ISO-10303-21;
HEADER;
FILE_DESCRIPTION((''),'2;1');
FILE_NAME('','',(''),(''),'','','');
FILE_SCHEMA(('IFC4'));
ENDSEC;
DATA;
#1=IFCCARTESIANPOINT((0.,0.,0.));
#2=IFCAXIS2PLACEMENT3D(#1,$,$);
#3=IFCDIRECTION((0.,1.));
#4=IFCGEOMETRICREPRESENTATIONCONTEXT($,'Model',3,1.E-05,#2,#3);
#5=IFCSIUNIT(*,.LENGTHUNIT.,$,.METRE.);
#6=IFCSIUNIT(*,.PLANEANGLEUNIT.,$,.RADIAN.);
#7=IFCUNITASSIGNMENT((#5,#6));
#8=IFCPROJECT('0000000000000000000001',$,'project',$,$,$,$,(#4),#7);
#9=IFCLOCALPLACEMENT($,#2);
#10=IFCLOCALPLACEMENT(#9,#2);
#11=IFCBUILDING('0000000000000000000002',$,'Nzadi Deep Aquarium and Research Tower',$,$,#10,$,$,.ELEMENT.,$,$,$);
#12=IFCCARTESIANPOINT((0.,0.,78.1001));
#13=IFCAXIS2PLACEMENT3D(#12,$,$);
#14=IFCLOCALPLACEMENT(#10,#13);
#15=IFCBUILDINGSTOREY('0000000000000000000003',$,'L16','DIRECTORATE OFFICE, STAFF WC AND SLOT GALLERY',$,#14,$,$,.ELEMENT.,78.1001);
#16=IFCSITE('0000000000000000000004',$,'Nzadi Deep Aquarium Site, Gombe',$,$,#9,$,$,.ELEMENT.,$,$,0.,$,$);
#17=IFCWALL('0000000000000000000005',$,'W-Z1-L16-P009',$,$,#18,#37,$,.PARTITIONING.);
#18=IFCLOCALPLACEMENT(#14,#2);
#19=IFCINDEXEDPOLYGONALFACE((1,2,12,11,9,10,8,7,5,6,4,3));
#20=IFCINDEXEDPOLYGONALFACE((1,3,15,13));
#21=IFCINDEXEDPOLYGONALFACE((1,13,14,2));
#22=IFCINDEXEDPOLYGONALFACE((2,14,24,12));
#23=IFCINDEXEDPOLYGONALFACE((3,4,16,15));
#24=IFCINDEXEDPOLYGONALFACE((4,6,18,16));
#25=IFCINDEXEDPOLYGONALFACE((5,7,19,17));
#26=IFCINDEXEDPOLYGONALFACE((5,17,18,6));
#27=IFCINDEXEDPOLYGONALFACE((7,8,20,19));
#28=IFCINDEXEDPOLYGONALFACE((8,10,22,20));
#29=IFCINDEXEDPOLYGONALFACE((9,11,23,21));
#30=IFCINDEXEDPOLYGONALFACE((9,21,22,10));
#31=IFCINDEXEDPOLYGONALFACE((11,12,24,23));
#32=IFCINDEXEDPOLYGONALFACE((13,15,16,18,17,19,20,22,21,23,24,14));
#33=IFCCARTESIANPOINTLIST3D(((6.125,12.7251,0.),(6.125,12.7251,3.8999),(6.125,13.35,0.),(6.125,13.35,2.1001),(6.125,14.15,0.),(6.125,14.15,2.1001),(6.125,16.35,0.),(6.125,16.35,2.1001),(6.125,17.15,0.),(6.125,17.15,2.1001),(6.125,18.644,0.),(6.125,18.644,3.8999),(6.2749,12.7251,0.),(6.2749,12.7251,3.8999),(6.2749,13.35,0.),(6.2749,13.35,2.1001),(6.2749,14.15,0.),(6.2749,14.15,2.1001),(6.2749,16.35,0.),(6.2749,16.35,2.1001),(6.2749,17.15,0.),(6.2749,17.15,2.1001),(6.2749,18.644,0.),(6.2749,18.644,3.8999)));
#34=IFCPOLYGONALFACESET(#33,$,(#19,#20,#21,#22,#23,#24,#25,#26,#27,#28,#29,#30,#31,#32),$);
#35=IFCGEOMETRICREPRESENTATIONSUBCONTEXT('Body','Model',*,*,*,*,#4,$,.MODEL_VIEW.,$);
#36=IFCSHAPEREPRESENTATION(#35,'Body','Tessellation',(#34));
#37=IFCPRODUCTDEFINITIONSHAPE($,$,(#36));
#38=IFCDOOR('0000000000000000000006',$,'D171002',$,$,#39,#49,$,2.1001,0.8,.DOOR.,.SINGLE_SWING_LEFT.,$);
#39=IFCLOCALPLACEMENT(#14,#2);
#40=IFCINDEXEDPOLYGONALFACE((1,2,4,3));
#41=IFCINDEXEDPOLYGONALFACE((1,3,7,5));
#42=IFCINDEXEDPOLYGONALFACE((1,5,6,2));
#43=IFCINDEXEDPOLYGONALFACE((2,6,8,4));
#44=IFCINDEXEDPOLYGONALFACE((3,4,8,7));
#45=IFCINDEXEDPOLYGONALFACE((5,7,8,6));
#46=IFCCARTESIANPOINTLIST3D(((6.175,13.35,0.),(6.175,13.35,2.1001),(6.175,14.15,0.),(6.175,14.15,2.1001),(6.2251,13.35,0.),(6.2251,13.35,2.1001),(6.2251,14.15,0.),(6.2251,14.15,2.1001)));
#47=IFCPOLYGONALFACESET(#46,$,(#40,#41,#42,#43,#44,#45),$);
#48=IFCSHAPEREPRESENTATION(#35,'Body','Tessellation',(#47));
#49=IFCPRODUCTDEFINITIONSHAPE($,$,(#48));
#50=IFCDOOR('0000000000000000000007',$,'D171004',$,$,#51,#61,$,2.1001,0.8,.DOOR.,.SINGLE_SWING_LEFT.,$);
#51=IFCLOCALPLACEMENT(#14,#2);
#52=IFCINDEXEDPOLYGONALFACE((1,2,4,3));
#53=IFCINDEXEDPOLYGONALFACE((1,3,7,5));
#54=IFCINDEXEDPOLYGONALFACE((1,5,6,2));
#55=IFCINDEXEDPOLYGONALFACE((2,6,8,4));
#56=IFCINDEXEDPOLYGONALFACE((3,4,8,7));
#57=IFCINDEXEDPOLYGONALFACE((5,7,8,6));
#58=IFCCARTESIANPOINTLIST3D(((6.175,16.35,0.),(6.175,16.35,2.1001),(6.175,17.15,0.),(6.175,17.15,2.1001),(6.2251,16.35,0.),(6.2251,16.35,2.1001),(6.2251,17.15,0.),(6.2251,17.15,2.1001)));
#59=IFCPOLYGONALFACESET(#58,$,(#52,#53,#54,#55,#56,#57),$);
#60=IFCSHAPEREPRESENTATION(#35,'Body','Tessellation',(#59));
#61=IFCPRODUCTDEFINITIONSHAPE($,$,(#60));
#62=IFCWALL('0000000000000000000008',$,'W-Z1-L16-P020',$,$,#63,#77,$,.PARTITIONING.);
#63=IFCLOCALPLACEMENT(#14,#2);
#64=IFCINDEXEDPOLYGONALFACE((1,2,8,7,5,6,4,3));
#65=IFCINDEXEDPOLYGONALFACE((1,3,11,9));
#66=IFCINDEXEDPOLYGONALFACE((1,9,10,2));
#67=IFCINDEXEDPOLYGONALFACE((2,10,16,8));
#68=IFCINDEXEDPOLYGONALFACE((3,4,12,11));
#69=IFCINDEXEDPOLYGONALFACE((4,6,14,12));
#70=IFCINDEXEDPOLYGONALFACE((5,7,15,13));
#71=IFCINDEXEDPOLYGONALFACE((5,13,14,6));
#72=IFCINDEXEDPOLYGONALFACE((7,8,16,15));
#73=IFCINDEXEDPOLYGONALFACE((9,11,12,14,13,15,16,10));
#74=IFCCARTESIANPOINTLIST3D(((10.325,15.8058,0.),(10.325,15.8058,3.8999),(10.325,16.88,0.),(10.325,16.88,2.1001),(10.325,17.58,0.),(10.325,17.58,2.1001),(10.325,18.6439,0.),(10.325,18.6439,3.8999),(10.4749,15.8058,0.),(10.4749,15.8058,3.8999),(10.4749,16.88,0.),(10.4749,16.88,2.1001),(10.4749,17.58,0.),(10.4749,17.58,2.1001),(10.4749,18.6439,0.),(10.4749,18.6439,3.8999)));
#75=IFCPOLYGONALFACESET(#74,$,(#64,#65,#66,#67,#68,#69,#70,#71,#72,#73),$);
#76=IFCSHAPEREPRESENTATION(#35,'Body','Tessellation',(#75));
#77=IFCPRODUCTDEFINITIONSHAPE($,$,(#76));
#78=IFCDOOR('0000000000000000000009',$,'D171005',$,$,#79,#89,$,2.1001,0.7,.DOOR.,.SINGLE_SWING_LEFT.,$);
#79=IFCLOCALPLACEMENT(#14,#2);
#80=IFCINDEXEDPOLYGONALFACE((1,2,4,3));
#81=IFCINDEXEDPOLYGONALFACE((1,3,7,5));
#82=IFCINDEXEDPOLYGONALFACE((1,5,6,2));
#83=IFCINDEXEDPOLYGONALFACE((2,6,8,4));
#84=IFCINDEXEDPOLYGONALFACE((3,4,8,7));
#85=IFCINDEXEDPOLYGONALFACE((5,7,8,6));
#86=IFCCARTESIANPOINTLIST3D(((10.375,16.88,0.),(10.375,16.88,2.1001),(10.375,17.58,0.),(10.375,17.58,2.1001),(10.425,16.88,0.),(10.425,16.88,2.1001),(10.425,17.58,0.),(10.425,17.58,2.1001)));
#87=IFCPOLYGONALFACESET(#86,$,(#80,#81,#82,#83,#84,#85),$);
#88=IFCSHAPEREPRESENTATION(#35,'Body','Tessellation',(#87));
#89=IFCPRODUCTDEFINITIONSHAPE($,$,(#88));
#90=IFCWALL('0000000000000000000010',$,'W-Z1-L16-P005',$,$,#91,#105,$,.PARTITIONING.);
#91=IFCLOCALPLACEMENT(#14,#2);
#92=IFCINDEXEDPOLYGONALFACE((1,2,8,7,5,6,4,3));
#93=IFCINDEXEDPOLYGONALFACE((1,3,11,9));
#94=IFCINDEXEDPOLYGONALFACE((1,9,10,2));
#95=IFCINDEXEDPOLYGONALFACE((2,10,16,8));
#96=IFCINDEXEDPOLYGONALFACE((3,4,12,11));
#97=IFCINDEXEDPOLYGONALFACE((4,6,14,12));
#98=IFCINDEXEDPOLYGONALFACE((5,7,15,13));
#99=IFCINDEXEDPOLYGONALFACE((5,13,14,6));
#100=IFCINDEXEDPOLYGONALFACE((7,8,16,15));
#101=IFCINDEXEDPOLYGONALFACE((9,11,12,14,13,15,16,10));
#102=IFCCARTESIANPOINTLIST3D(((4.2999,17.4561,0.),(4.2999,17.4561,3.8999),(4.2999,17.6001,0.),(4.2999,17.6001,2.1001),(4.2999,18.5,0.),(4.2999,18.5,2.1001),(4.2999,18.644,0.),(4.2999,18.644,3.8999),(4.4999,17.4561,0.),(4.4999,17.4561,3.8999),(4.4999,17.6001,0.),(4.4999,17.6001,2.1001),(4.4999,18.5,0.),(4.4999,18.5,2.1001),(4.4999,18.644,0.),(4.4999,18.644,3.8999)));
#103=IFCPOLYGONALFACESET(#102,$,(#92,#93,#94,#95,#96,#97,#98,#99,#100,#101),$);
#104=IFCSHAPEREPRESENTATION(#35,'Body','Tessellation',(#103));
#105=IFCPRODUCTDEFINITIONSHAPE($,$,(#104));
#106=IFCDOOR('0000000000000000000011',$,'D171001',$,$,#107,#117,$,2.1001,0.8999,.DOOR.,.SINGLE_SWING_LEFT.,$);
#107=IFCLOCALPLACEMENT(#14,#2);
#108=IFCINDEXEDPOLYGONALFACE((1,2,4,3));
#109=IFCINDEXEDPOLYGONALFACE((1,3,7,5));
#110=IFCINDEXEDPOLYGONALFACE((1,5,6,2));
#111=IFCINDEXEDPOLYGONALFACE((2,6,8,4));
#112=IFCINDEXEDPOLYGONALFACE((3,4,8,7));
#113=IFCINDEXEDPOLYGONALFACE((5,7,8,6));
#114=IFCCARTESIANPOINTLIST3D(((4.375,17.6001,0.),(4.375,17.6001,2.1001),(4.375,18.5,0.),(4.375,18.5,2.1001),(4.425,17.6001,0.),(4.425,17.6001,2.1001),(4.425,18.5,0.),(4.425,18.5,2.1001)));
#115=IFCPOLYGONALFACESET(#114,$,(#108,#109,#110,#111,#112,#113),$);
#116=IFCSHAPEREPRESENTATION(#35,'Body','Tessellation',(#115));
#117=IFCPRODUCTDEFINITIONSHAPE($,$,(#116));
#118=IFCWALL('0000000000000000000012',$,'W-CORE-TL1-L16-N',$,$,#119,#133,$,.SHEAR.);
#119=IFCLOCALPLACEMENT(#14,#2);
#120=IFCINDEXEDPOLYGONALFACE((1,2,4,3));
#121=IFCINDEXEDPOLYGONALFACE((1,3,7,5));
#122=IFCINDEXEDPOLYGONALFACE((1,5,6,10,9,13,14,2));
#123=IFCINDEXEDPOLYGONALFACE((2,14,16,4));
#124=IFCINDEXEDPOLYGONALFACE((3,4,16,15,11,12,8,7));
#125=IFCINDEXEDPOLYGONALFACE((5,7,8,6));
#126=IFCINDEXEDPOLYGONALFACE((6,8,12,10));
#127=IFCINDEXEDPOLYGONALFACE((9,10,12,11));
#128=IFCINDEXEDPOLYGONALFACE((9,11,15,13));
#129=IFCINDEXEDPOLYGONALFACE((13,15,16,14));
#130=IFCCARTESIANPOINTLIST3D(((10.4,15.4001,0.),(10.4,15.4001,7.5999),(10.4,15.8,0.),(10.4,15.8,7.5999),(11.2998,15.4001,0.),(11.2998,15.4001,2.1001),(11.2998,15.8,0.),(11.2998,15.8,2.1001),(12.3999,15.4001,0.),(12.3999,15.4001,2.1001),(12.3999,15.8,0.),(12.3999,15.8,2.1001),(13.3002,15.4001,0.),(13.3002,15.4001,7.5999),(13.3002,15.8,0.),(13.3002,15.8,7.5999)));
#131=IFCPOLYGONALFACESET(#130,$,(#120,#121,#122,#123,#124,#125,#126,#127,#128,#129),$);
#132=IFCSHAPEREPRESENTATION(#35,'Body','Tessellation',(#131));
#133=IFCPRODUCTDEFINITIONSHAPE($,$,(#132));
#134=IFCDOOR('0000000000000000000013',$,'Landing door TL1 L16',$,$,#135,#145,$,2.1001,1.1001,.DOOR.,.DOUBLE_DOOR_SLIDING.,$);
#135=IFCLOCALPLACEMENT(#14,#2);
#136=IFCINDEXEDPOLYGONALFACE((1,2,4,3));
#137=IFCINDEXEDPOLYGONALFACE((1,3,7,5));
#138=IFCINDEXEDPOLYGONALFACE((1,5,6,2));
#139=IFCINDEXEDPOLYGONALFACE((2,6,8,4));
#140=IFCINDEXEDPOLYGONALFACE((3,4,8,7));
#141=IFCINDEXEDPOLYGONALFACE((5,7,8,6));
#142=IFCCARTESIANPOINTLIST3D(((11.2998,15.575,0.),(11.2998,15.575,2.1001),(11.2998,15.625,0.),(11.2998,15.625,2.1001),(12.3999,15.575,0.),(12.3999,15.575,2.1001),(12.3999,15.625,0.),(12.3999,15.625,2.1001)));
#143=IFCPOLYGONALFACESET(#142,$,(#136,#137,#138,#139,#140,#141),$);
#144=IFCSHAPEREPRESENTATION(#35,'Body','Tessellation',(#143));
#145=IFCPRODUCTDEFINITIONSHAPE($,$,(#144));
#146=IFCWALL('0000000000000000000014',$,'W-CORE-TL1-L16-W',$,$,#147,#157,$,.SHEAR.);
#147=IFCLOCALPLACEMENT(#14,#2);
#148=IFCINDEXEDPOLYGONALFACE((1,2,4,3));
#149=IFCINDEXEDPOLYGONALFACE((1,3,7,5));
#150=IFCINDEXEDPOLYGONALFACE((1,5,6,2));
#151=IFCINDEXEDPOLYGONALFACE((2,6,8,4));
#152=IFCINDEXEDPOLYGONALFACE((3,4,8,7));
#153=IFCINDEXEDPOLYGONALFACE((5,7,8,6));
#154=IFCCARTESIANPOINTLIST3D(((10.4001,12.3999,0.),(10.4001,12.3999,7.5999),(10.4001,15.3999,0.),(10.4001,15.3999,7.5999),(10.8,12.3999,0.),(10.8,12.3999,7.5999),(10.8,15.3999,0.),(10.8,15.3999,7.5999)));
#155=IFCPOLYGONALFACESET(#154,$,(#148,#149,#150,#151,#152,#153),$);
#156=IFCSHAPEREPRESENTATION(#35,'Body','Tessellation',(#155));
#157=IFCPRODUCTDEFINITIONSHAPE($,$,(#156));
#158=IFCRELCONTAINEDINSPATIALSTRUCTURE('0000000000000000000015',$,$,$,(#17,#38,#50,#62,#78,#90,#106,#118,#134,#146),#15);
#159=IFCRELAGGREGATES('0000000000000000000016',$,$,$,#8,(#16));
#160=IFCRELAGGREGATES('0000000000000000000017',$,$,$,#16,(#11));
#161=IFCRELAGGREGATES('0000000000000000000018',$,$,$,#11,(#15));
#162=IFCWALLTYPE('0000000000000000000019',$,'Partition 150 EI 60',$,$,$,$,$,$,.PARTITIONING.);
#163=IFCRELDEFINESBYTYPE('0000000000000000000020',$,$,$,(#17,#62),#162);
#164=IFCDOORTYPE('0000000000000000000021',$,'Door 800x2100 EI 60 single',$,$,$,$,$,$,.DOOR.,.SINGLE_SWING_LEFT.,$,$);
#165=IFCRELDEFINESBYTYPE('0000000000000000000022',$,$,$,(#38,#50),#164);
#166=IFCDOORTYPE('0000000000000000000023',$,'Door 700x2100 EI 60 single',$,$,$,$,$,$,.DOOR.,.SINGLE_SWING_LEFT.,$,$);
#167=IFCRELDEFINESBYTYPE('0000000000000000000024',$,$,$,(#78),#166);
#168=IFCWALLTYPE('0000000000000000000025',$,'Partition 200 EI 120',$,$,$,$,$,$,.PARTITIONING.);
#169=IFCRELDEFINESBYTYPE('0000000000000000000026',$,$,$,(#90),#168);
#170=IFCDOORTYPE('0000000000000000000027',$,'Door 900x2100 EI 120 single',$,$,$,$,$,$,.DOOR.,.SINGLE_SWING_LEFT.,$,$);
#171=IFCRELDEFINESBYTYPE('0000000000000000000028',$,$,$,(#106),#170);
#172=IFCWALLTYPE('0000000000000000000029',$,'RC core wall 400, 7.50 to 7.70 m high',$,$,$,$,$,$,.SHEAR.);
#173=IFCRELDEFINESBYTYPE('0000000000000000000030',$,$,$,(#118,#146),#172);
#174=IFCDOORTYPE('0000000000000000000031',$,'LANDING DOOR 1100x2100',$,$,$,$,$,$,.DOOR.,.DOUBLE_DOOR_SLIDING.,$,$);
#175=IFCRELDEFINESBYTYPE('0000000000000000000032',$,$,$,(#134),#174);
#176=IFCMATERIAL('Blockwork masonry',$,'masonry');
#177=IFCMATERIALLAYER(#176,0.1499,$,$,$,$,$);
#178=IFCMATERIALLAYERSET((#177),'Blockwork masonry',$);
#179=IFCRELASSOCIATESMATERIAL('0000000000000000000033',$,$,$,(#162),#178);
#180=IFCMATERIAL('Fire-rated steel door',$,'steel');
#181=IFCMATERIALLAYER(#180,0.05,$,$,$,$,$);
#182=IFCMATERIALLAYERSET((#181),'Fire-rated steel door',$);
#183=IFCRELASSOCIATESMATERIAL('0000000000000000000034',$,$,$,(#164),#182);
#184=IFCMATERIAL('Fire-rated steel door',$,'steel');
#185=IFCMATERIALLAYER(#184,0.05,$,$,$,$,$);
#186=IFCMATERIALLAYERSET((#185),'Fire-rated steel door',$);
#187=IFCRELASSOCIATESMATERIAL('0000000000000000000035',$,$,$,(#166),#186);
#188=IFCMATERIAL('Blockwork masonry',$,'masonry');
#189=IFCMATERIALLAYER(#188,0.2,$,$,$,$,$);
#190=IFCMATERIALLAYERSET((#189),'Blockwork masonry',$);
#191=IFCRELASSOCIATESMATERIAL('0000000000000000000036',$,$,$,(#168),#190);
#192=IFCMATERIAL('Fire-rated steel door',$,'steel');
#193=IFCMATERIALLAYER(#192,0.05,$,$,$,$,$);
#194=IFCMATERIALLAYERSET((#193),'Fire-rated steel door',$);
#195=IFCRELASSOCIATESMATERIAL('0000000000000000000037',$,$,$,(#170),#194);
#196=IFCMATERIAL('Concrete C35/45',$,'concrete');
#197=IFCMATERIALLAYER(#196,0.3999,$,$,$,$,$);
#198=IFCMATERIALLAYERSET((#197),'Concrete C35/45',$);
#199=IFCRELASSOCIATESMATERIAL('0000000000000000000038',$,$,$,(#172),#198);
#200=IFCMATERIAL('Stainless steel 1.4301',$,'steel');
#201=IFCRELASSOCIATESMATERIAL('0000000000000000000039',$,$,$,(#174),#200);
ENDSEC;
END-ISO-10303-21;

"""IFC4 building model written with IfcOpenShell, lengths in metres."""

from ifc_helpers import new_model, si_unit, direction, frame, frame_2d, origin, place, context, subcontext, project, spatial, rectangle, extrude, material, layer, layer_set, type_object, element, fill, save


model = new_model("IFC4")

# Units and contexts
model_context = context("Model", 3, precision=1e-05, world=origin(), true_north=direction((0.0, 1.0)))
body_context = subcontext(model_context, "Body", "Model", "MODEL_VIEW")
ifc_project = project(units=[si_unit("LENGTHUNIT", "METRE"), si_unit("PLANEANGLEUNIT", "RADIAN")], contexts=[model_context])

# Site, building, storey
site_placement = place(None, origin())
site = spatial("IfcSite", under=ifc_project, at=site_placement, Name="Nzadi Deep Aquarium Site, Gombe", CompositionType="ELEMENT", RefElevation=0.0)
building_placement = place(site_placement, origin())
building = spatial("IfcBuilding", under=site, at=building_placement, Name="Nzadi Deep Aquarium and Research Tower", CompositionType="ELEMENT")
storey_placement = place(building_placement, frame((0.0, 0.0, 78.1001)))
storey = spatial("IfcBuildingStorey", under=building, at=storey_placement, Name="L16", Description="DIRECTORATE OFFICE, STAFF WC AND SLOT GALLERY", CompositionType="ELEMENT", Elevation=78.1001)

# Shared definitions
ifc_material_1 = material(Name="Blockwork masonry", Category="masonry")
ifc_layer_1 = layer(ifc_material_1, 0.1499)
ifc_layer_set_1 = layer_set([ifc_layer_1], Name="Blockwork masonry")
wall_type_1 = type_object("IfcWallType", Name="Partition 150 EI 60", PredefinedType="PARTITIONING", material=ifc_layer_set_1)

# Wall, openings, doors
wall_1_placement = place(storey_placement, frame((6.2, 12.7251, 0.0), z_axis=(0.0, 0.0, 1.0), x_axis=(0.0, 1.0, 0.0)))
wall_1 = element("IfcWall", 1, at=wall_1_placement, inside=storey, type_object=wall_type_1, Name="W-Z1-L16-P009", PredefinedType="PARTITIONING", context=body_context, shape_type="SweptSolid", body=[
    extrude(rectangle(XDim=5.9189, YDim=0.1499, at=frame_2d((2.9595, 0.0))), origin(), (0.0, 0.0, 1.0), 3.8999),
])
opening_1_placement = place(wall_1_placement, frame((0.625, 0.0, 0.0)))
opening_1 = element("IfcOpeningElement", 2, at=opening_1_placement, cuts=wall_1, PredefinedType="OPENING", context=body_context, shape_type="SweptSolid", body=[
    extrude(rectangle(XDim=0.8, YDim=2.1001, at=frame_2d((0.3999, 1.05))), frame((0.0, 0.085, 0.0), z_axis=(0.0, -1.0, 0.0), x_axis=(1.0, 0.0, 0.0)), (0.0, 0.0, 1.0), 0.1699),
])
opening_2_placement = place(wall_1_placement, frame((3.625, 0.0, 0.0)))
opening_2 = element("IfcOpeningElement", 3, at=opening_2_placement, cuts=wall_1, PredefinedType="OPENING", context=body_context, shape_type="SweptSolid", body=[
    extrude(rectangle(XDim=0.8, YDim=2.1001, at=frame_2d((0.3999, 1.05))), frame((0.0, 0.085, 0.0), z_axis=(0.0, -1.0, 0.0), x_axis=(1.0, 0.0, 0.0)), (0.0, 0.0, 1.0), 0.1699),
])
ifc_material_2 = material(Name="Fire-rated steel door", Category="steel")
ifc_layer_2 = layer(ifc_material_2, 0.05)
ifc_layer_set_2 = layer_set([ifc_layer_2], Name="Fire-rated steel door")
door_type_1 = type_object("IfcDoorType", Name="Door 800x2100 EI 60 single", OperationType="SINGLE_SWING_LEFT", PredefinedType="DOOR", material=ifc_layer_set_2)
door_1_placement = place(opening_1_placement, origin())
door_1 = element("IfcDoor", 4, at=door_1_placement, inside=storey, type_object=door_type_1, Name="D171002", OperationType="SINGLE_SWING_LEFT", OverallHeight=2.1001, OverallWidth=0.8, PredefinedType="DOOR", context=body_context, shape_type="SweptSolid", body=[
    extrude(rectangle(XDim=0.8, YDim=2.1001, at=frame_2d((0.3999, 1.05))), frame((0.0, 0.0249, 0.0), z_axis=(0.0, -1.0, 0.0), x_axis=(1.0, 0.0, 0.0)), (0.0, 0.0, 1.0), 0.05),
])
fill(opening_1, door_1)
door_2_placement = place(opening_2_placement, origin())
door_2 = element("IfcDoor", 5, at=door_2_placement, inside=storey, type_object=door_type_1, Name="D171004", OperationType="SINGLE_SWING_LEFT", OverallHeight=2.1001, OverallWidth=0.8, PredefinedType="DOOR", context=body_context, shape_type="SweptSolid", body=[
    extrude(rectangle(XDim=0.8, YDim=2.1001, at=frame_2d((0.3999, 1.05))), frame((0.0, 0.0249, 0.0), z_axis=(0.0, -1.0, 0.0), x_axis=(1.0, 0.0, 0.0)), (0.0, 0.0, 1.0), 0.05),
])
fill(opening_2, door_2)

# Walls, openings, doors
wall_2_placement = place(storey_placement, frame((10.3999, 15.8059, 0.0), z_axis=(0.0, 0.0, 1.0), x_axis=(0.0, 1.0, 0.0)))
wall_2 = element("IfcWall", 6, at=wall_2_placement, inside=storey, type_object=wall_type_1, Name="W-Z1-L16-P020", PredefinedType="PARTITIONING", context=body_context, shape_type="SweptSolid", body=[
    extrude(rectangle(XDim=2.8381, YDim=0.1499, at=frame_2d((1.4189, 0.0))), origin(), (0.0, 0.0, 1.0), 3.8999),
])
opening_3_placement = place(wall_2_placement, frame((1.074, 0.0, 0.0)))
opening_3 = element("IfcOpeningElement", 7, at=opening_3_placement, cuts=wall_2, PredefinedType="OPENING", context=body_context, shape_type="SweptSolid", body=[
    extrude(rectangle(XDim=0.7, YDim=2.1001, at=frame_2d((0.3501, 1.05))), frame((0.0, 0.085, 0.0), z_axis=(0.0, -1.0, 0.0), x_axis=(1.0, 0.0, 0.0)), (0.0, 0.0, 1.0), 0.1699),
])
ifc_material_3 = material(Name="Fire-rated steel door", Category="steel")
ifc_layer_3 = layer(ifc_material_3, 0.05)
ifc_layer_set_3 = layer_set([ifc_layer_3], Name="Fire-rated steel door")
door_type_2 = type_object("IfcDoorType", Name="Door 700x2100 EI 60 single", OperationType="SINGLE_SWING_LEFT", PredefinedType="DOOR", material=ifc_layer_set_3)
door_3_placement = place(opening_3_placement, origin())
door_3 = element("IfcDoor", 8, at=door_3_placement, inside=storey, type_object=door_type_2, Name="D171005", OperationType="SINGLE_SWING_LEFT", OverallHeight=2.1001, OverallWidth=0.7, PredefinedType="DOOR", context=body_context, shape_type="SweptSolid", body=[
    extrude(rectangle(XDim=0.7, YDim=2.1001, at=frame_2d((0.3501, 1.05))), frame((0.0, 0.0249, 0.0), z_axis=(0.0, -1.0, 0.0), x_axis=(1.0, 0.0, 0.0)), (0.0, 0.0, 1.0), 0.05),
])
fill(opening_3, door_3)
ifc_material_4 = material(Name="Blockwork masonry", Category="masonry")
ifc_layer_4 = layer(ifc_material_4, 0.2)
ifc_layer_set_4 = layer_set([ifc_layer_4], Name="Blockwork masonry")
wall_type_2 = type_object("IfcWallType", Name="Partition 200 EI 120", PredefinedType="PARTITIONING", material=ifc_layer_set_4)
wall_3_placement = place(storey_placement, frame((4.3999, 17.4561, 0.0), z_axis=(0.0, 0.0, 1.0), x_axis=(0.0, 1.0, 0.0)))
wall_3 = element("IfcWall", 9, at=wall_3_placement, inside=storey, type_object=wall_type_2, Name="W-Z1-L16-P005", PredefinedType="PARTITIONING", context=body_context, shape_type="SweptSolid", body=[
    extrude(rectangle(XDim=1.188, YDim=0.2, at=frame_2d((0.594, 0.0))), origin(), (0.0, 0.0, 1.0), 3.8999),
])
opening_4_placement = place(wall_3_placement, frame((0.144, 0.0, 0.0)))
opening_4 = element("IfcOpeningElement", 10, at=opening_4_placement, cuts=wall_3, PredefinedType="OPENING", context=body_context, shape_type="SweptSolid", body=[
    extrude(rectangle(XDim=0.8999, YDim=2.1001, at=frame_2d((0.45, 1.05))), frame((0.0, 0.1101, 0.0), z_axis=(0.0, -1.0, 0.0), x_axis=(1.0, 0.0, 0.0)), (0.0, 0.0, 1.0), 0.2202),
])
ifc_material_5 = material(Name="Fire-rated steel door", Category="steel")
ifc_layer_5 = layer(ifc_material_5, 0.05)
ifc_layer_set_5 = layer_set([ifc_layer_5], Name="Fire-rated steel door")
door_type_3 = type_object("IfcDoorType", Name="Door 900x2100 EI 120 single", OperationType="SINGLE_SWING_LEFT", PredefinedType="DOOR", material=ifc_layer_set_5)
door_4_placement = place(opening_4_placement, origin())
door_4 = element("IfcDoor", 11, at=door_4_placement, inside=storey, type_object=door_type_3, Name="D171001", OperationType="SINGLE_SWING_LEFT", OverallHeight=2.1001, OverallWidth=0.8999, PredefinedType="DOOR", context=body_context, shape_type="SweptSolid", body=[
    extrude(rectangle(XDim=0.8999, YDim=2.1001, at=frame_2d((0.45, 1.05))), frame((0.0, 0.0249, 0.0), z_axis=(0.0, -1.0, 0.0), x_axis=(1.0, 0.0, 0.0)), (0.0, 0.0, 1.0), 0.05),
])
fill(opening_4, door_4)
ifc_material_6 = material(Name="Concrete C35/45", Category="concrete")
ifc_layer_6 = layer(ifc_material_6, 0.3999)
ifc_layer_set_6 = layer_set([ifc_layer_6], Name="Concrete C35/45")
wall_type_3 = type_object("IfcWallType", Name="RC core wall 400, 7.50 to 7.70 m high", PredefinedType="SHEAR", material=ifc_layer_set_6)
wall_4_placement = place(storey_placement, frame((10.3999, 15.6001, 0.0), z_axis=(0.0, 0.0, 1.0), x_axis=(1.0, 0.0, 0.0)))
wall_4 = element("IfcWall", 12, at=wall_4_placement, inside=storey, type_object=wall_type_3, Name="W-CORE-TL1-L16-N", PredefinedType="SHEAR", context=body_context, shape_type="SweptSolid", body=[
    extrude(rectangle(XDim=2.9001, YDim=0.3999, at=frame_2d((1.4502, 0.0))), origin(), (0.0, 0.0, 1.0), 7.5999),
])
opening_5_placement = place(wall_4_placement, frame((0.8999, 0.0, 0.0)))
opening_5 = element("IfcOpeningElement", 13, at=opening_5_placement, cuts=wall_4, PredefinedType="OPENING", context=body_context, shape_type="SweptSolid", body=[
    extrude(rectangle(XDim=1.1001, YDim=2.1001, at=frame_2d((0.55, 1.05))), frame((0.0, 0.21, 0.0), z_axis=(0.0, -1.0, 0.0), x_axis=(1.0, 0.0, 0.0)), (0.0, 0.0, 1.0), 0.4199),
])
ifc_material_7 = material(Name="Stainless steel 1.4301", Category="steel")
door_type_4 = type_object("IfcDoorType", Name="LANDING DOOR 1100x2100", OperationType="DOUBLE_DOOR_SLIDING", PredefinedType="DOOR", material=ifc_material_7)
door_5_placement = place(opening_5_placement, origin())
door_5 = element("IfcDoor", 14, at=door_5_placement, inside=storey, type_object=door_type_4, Name="Landing door TL1 L16", OperationType="DOUBLE_DOOR_SLIDING", OverallHeight=2.1001, OverallWidth=1.1001, PredefinedType="DOOR", context=body_context, shape_type="SweptSolid", body=[
    extrude(rectangle(XDim=1.1001, YDim=2.1001, at=frame_2d((0.55, 1.05))), frame((0.0, 0.0249, 0.0), z_axis=(0.0, -1.0, 0.0), x_axis=(1.0, 0.0, 0.0)), (0.0, 0.0, 1.0), 0.05),
])
fill(opening_5, door_5)

# Wall
wall_5_placement = place(storey_placement, frame((10.6001, 12.3999, 0.0), z_axis=(0.0, 0.0, 1.0), x_axis=(0.0, 1.0, 0.0)))
element("IfcWall", 15, at=wall_5_placement, inside=storey, type_object=wall_type_3, Name="W-CORE-TL1-L16-W", PredefinedType="SHEAR", context=body_context, shape_type="SweptSolid", body=[
    extrude(rectangle(XDim=3.0, YDim=0.3999, at=frame_2d((1.5, 0.0))), origin(), (0.0, 0.0, 1.0), 7.5999),
])

save(model, "model.ifc")
